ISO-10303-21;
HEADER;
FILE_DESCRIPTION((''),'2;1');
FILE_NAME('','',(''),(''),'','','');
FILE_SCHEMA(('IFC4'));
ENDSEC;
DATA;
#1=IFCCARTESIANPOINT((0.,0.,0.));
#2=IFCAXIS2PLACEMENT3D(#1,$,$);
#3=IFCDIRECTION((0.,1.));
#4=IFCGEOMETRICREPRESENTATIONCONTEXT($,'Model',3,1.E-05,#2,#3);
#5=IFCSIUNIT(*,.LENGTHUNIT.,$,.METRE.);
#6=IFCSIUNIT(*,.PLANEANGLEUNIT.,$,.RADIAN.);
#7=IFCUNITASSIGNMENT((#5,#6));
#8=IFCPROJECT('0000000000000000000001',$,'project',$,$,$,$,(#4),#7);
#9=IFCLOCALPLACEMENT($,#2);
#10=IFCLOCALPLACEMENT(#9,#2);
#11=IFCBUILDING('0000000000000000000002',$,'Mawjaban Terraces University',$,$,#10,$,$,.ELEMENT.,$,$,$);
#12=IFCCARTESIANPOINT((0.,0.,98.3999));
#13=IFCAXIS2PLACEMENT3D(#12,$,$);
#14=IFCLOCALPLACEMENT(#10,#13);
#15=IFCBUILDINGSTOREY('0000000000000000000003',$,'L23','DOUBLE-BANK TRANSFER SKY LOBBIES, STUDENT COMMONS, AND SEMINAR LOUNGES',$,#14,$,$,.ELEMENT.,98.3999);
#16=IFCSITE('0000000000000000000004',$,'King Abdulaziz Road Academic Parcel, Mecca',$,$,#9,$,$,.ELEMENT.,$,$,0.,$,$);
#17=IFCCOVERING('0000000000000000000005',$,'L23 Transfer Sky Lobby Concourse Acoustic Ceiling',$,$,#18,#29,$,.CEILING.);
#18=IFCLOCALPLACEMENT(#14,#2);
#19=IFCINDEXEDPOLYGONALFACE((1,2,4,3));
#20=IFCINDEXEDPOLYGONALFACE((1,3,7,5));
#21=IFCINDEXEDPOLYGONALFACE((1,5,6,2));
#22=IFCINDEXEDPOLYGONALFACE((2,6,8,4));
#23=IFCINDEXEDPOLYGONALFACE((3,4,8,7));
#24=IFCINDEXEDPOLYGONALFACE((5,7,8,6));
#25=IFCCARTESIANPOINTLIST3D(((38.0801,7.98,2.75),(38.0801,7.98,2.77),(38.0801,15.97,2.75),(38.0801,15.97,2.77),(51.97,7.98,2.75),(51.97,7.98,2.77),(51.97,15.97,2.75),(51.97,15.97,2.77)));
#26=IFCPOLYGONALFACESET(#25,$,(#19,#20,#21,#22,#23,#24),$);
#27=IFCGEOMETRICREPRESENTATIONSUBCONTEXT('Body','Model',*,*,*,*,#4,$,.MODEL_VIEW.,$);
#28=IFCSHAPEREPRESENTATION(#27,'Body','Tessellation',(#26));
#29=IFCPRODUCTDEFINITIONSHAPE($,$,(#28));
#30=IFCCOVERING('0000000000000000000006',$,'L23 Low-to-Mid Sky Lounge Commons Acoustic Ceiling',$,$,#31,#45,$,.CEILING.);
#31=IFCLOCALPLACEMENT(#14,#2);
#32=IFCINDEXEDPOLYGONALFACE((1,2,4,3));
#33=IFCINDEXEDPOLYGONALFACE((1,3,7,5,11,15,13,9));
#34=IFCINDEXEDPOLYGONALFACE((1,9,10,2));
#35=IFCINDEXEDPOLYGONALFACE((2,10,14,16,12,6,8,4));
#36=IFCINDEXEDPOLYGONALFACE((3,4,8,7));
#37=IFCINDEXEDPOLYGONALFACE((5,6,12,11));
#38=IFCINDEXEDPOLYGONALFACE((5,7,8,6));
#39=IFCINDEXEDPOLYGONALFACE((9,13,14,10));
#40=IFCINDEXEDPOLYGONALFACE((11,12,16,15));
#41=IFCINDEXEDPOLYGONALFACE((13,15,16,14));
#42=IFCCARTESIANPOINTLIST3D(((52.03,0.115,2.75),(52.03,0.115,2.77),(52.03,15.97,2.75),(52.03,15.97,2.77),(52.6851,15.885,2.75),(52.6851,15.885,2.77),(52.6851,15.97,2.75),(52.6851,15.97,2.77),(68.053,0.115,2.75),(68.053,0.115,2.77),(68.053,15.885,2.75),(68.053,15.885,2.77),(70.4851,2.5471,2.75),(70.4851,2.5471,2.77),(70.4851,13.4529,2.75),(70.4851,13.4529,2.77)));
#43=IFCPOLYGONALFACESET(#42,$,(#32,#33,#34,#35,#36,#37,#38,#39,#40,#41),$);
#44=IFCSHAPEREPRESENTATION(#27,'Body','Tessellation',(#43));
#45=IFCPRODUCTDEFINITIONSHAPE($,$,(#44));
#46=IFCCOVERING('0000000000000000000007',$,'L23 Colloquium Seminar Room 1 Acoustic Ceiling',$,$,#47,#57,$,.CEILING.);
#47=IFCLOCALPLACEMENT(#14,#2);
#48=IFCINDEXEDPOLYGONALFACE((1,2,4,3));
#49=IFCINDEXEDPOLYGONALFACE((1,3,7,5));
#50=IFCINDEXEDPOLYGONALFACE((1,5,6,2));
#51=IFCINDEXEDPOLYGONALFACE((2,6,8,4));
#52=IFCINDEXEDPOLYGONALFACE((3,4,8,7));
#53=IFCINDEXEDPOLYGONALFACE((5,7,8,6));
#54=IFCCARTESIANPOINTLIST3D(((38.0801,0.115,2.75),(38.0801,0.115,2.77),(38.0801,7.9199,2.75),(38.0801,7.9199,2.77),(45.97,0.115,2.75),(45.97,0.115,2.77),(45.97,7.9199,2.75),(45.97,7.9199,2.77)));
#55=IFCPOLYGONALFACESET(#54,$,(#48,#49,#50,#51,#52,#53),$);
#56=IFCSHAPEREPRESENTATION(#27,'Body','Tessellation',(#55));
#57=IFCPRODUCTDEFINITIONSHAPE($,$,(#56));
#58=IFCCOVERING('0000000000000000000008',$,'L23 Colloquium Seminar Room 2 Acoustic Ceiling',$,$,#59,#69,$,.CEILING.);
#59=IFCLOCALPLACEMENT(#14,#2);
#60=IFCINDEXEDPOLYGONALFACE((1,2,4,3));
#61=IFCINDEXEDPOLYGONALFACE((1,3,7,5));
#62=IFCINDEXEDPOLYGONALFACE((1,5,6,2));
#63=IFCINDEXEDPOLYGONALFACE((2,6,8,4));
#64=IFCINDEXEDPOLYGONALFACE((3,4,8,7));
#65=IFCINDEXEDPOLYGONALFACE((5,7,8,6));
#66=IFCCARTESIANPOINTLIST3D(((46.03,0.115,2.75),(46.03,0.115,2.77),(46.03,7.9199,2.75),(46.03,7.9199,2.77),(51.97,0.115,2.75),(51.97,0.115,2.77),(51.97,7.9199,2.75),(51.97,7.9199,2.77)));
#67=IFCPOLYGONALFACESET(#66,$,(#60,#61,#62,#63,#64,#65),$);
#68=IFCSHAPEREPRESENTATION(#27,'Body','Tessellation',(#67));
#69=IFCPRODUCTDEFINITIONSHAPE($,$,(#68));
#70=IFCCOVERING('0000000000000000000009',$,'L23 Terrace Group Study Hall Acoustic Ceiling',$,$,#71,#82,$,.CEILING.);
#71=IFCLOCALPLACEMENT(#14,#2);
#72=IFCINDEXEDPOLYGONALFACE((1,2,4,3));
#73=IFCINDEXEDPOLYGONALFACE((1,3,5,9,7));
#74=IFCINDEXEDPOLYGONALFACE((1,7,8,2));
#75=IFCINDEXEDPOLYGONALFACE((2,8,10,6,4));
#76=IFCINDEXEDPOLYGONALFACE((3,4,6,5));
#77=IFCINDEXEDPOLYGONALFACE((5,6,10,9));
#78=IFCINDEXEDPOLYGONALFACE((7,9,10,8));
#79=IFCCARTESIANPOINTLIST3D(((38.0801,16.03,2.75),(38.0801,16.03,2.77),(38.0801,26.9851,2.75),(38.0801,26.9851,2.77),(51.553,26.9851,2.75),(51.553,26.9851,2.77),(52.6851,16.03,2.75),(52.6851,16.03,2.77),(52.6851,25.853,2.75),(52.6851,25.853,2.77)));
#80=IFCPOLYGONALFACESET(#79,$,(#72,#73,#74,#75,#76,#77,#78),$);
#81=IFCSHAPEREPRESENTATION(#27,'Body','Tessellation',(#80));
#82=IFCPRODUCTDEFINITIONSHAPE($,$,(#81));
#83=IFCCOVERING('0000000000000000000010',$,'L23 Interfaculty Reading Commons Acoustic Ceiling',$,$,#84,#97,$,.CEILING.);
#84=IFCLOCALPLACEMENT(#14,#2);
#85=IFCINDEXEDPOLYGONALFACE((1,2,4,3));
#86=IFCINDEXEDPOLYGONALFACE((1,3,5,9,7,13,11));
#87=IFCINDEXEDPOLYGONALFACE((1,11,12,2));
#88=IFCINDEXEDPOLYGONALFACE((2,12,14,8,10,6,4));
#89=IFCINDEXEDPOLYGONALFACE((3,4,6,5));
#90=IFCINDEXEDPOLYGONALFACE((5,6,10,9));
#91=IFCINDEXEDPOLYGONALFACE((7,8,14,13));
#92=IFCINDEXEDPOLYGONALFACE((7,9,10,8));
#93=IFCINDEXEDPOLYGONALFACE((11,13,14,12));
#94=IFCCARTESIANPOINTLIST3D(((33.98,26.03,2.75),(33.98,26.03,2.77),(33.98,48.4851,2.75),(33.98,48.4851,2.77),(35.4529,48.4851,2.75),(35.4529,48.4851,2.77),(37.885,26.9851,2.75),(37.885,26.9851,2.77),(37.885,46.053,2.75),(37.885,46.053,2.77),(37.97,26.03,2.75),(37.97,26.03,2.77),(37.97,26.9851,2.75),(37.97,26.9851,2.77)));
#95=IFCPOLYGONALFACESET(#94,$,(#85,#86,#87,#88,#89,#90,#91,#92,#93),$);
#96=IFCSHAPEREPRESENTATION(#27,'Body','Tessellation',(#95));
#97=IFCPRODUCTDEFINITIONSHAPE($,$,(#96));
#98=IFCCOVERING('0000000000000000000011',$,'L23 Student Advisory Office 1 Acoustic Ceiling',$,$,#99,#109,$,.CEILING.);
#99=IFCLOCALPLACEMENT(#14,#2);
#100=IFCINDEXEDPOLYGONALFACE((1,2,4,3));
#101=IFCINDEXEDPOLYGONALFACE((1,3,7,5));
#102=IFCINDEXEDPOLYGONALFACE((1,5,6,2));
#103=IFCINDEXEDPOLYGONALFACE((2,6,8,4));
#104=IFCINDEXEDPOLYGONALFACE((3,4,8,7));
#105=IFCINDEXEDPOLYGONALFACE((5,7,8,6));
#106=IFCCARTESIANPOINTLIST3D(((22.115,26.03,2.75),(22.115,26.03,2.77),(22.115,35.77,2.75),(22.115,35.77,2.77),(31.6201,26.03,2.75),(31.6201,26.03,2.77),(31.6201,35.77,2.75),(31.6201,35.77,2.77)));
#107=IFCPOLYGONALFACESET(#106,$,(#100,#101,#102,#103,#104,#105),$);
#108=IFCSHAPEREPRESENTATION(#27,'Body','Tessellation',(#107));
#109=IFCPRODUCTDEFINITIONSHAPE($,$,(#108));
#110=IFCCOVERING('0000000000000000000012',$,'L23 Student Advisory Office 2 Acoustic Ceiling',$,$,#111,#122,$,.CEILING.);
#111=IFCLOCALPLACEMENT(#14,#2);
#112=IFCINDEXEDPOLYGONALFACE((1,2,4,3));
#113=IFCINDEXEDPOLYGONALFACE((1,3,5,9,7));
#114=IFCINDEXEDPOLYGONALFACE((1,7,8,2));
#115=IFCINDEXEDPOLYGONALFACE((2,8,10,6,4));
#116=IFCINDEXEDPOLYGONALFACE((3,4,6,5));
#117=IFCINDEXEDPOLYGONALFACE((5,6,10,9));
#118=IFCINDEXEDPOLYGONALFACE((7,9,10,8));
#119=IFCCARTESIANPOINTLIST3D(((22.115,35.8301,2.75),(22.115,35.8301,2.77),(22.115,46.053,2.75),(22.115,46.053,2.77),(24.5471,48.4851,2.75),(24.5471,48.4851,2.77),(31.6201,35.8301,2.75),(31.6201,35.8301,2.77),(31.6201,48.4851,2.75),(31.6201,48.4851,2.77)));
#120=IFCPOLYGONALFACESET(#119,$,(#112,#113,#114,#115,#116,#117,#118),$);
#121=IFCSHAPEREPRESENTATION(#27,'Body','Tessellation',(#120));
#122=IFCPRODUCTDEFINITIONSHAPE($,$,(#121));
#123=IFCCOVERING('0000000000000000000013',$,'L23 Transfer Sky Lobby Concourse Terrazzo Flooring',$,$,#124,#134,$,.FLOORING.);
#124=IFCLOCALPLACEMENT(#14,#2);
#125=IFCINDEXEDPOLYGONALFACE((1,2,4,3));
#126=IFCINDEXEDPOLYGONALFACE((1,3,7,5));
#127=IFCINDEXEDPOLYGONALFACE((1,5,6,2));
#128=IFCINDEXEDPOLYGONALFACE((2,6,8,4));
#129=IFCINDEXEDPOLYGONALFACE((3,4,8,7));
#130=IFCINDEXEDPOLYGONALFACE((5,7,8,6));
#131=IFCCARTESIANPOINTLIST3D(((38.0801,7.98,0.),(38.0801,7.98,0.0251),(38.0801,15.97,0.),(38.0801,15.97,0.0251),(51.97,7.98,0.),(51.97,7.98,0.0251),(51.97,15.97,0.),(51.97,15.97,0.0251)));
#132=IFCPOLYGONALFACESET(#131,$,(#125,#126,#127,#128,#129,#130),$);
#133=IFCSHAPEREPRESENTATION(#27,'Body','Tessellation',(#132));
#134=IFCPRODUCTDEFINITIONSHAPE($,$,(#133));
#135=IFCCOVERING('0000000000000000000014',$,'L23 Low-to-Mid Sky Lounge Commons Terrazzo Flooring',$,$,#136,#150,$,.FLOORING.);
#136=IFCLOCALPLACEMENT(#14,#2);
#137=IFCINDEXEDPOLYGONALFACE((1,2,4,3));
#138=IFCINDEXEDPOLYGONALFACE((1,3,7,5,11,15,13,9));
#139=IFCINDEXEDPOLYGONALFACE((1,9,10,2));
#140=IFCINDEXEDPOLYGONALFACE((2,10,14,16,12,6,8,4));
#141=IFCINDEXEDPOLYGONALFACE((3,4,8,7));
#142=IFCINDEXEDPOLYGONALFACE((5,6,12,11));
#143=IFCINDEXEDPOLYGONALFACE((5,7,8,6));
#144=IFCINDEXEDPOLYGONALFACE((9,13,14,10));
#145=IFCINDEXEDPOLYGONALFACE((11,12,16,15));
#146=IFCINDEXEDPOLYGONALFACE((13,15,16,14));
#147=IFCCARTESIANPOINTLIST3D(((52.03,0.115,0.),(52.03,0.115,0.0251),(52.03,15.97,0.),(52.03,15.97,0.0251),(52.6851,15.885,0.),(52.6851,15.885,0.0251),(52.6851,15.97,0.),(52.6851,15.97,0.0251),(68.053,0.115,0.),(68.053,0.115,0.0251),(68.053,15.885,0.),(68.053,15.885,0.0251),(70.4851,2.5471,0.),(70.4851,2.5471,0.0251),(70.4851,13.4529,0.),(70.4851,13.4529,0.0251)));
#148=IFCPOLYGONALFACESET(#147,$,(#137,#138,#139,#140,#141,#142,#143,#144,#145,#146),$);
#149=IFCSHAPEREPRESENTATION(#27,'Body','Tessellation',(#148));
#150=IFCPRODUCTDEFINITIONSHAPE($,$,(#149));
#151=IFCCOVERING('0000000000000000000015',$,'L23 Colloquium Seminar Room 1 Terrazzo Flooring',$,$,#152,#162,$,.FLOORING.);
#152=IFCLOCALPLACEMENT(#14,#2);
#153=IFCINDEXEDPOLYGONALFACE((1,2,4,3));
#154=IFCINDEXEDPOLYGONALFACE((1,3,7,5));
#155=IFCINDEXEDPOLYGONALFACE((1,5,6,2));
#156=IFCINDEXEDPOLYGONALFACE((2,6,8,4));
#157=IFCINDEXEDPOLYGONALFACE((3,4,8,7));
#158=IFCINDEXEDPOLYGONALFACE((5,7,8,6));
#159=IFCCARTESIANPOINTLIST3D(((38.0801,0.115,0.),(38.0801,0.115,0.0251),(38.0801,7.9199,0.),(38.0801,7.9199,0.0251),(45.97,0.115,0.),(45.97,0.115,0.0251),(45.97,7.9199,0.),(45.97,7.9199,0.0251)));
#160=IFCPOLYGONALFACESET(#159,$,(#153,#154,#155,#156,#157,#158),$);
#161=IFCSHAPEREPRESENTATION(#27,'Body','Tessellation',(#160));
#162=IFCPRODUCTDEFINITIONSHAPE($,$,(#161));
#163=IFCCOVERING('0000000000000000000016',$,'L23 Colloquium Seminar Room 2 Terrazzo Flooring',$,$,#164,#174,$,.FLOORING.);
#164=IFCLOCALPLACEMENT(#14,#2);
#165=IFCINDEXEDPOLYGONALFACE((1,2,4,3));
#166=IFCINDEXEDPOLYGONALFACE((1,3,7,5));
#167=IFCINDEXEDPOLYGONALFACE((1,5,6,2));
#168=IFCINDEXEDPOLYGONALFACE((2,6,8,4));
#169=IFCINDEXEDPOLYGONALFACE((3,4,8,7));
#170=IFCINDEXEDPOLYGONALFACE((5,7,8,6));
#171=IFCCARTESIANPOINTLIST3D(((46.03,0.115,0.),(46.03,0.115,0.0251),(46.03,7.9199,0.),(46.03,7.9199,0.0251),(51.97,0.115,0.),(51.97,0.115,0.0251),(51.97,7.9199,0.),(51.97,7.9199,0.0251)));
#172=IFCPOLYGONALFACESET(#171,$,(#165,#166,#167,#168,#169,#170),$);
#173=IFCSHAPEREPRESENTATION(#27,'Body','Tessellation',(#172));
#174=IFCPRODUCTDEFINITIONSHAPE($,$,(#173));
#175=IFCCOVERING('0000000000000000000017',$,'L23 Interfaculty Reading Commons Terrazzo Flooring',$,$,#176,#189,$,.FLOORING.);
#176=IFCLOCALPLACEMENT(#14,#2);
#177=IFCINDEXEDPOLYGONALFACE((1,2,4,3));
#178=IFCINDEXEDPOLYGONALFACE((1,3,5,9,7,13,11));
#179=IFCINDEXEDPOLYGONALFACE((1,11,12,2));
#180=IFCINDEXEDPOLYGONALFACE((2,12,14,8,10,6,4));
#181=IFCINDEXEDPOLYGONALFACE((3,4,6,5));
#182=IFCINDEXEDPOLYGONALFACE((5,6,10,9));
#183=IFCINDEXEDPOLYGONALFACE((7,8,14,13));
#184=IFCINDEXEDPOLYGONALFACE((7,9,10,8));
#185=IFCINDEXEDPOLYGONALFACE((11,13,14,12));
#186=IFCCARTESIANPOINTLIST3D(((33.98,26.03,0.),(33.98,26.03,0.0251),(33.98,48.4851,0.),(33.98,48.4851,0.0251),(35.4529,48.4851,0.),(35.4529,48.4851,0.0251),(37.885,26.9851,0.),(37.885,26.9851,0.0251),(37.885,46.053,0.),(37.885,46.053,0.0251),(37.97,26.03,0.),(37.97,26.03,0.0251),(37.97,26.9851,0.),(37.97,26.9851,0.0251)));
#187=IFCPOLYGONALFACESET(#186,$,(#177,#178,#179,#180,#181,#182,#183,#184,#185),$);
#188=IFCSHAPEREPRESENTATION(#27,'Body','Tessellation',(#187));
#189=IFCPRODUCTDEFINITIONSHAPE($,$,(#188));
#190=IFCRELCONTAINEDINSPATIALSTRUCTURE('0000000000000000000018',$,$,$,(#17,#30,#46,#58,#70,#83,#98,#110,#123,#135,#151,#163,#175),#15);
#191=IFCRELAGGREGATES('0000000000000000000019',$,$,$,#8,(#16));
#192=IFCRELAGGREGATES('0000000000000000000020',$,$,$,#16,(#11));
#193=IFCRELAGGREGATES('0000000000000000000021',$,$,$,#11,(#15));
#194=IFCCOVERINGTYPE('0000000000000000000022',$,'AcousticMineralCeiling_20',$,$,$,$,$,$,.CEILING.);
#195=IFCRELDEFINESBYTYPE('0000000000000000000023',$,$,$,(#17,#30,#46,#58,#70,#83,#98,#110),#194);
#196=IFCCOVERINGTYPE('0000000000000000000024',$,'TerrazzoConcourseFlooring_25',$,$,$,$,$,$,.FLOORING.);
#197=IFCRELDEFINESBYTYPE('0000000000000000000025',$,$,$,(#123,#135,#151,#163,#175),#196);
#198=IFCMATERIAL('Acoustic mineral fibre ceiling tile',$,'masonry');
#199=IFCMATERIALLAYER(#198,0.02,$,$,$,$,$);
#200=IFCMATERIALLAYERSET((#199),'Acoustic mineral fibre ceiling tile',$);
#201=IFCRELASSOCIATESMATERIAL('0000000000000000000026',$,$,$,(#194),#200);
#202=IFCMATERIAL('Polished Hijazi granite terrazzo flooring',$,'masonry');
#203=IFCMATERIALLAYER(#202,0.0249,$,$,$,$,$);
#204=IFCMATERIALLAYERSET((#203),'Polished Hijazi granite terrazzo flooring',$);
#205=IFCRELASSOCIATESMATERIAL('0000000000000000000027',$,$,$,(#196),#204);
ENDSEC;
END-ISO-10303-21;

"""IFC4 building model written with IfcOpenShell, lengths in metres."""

from ifc_helpers import new_model, si_unit, direction, frame, origin, place, context, subcontext, project, spatial, polyline, outline, extrude, material, layer, layer_set, type_object, element, save


model = new_model("IFC4")

# Units and contexts
model_context = context("Model", 3, precision=1e-05, world=origin(), true_north=direction((0.0, 1.0)))
body_context = subcontext(model_context, "Body", "Model", "MODEL_VIEW")
ifc_project = project(units=[si_unit("LENGTHUNIT", "METRE"), si_unit("PLANEANGLEUNIT", "RADIAN")], contexts=[model_context])

# Site, building, storey
site_placement = place(None, origin())
site = spatial("IfcSite", under=ifc_project, at=site_placement, Name="King Abdulaziz Road Academic Parcel, Mecca", CompositionType="ELEMENT", RefElevation=0.0)
building_placement = place(site_placement, origin())
building = spatial("IfcBuilding", under=site, at=building_placement, Name="Mawjaban Terraces University", CompositionType="ELEMENT")
storey_placement = place(building_placement, frame((0.0, 0.0, 98.3999)))
storey = spatial("IfcBuildingStorey", under=building, at=storey_placement, Name="L23", Description="DOUBLE-BANK TRANSFER SKY LOBBIES, STUDENT COMMONS, AND SEMINAR LOUNGES", CompositionType="ELEMENT", Elevation=98.3999)

# Coverings
ifc_material_1 = material(Name="Acoustic mineral fibre ceiling tile", Category="masonry")
ifc_layer_1 = layer(ifc_material_1, 0.02)
ifc_layer_set_1 = layer_set([ifc_layer_1], Name="Acoustic mineral fibre ceiling tile")
covering_type_1 = type_object("IfcCoveringType", Name="AcousticMineralCeiling_20", PredefinedType="CEILING", material=ifc_layer_set_1)
covering_1_placement = place(storey_placement, frame((0.0, 0.0, 2.75)))
element("IfcCovering", 1, at=covering_1_placement, inside=storey, type_object=covering_type_1, Name="L23 Transfer Sky Lobby Concourse Acoustic Ceiling", PredefinedType="CEILING", context=body_context, shape_type="SweptSolid", body=[
    extrude(outline(polyline([(51.97, 15.97), (38.0801, 15.97), (38.0801, 7.98), (51.97, 7.98), (51.97, 15.97)])), origin(), (0.0, 0.0, 1.0), 0.02),
])
covering_2_placement = place(storey_placement, frame((0.0, 0.0, 2.75)))
element("IfcCovering", 2, at=covering_2_placement, inside=storey, type_object=covering_type_1, Name="L23 Low-to-Mid Sky Lounge Commons Acoustic Ceiling", PredefinedType="CEILING", context=body_context, shape_type="SweptSolid", body=[
    extrude(outline(polyline([(52.03, 0.115), (68.053, 0.115), (70.4851, 2.5471), (70.4851, 13.4529), (68.053, 15.885), (52.6851, 15.885), (52.6851, 15.97), (52.03, 15.97), (52.03, 0.115)])), origin(), (0.0, 0.0, 1.0), 0.02),
])
covering_3_placement = place(storey_placement, frame((0.0, 0.0, 2.75)))
element("IfcCovering", 3, at=covering_3_placement, inside=storey, type_object=covering_type_1, Name="L23 Colloquium Seminar Room 1 Acoustic Ceiling", PredefinedType="CEILING", context=body_context, shape_type="SweptSolid", body=[
    extrude(outline(polyline([(38.0801, 0.115), (45.97, 0.115), (45.97, 7.9199), (38.0801, 7.9199), (38.0801, 0.115)])), origin(), (0.0, 0.0, 1.0), 0.02),
])
covering_4_placement = place(storey_placement, frame((0.0, 0.0, 2.75)))
element("IfcCovering", 4, at=covering_4_placement, inside=storey, type_object=covering_type_1, Name="L23 Colloquium Seminar Room 2 Acoustic Ceiling", PredefinedType="CEILING", context=body_context, shape_type="SweptSolid", body=[
    extrude(outline(polyline([(46.03, 0.115), (51.97, 0.115), (51.97, 7.9199), (46.03, 7.9199), (46.03, 0.115)])), origin(), (0.0, 0.0, 1.0), 0.02),
])
covering_5_placement = place(storey_placement, frame((0.0, 0.0, 2.75)))
element("IfcCovering", 5, at=covering_5_placement, inside=storey, type_object=covering_type_1, Name="L23 Terrace Group Study Hall Acoustic Ceiling", PredefinedType="CEILING", context=body_context, shape_type="SweptSolid", body=[
    extrude(outline(polyline([(52.6851, 16.03), (52.6851, 25.853), (51.553, 26.9851), (38.0801, 26.9851), (38.0801, 16.03), (52.6851, 16.03)])), origin(), (0.0, 0.0, 1.0), 0.02),
])
covering_6_placement = place(storey_placement, frame((0.0, 0.0, 2.75)))
element("IfcCovering", 6, at=covering_6_placement, inside=storey, type_object=covering_type_1, Name="L23 Interfaculty Reading Commons Acoustic Ceiling", PredefinedType="CEILING", context=body_context, shape_type="SweptSolid", body=[
    extrude(outline(polyline([(37.885, 26.9851), (37.885, 46.053), (35.4529, 48.4851), (33.98, 48.4851), (33.98, 26.03), (37.97, 26.03), (37.97, 26.9851), (37.885, 26.9851)])), origin(), (0.0, 0.0, 1.0), 0.02),
])
covering_7_placement = place(storey_placement, frame((0.0, 0.0, 2.75)))
element("IfcCovering", 7, at=covering_7_placement, inside=storey, type_object=covering_type_1, Name="L23 Student Advisory Office 1 Acoustic Ceiling", PredefinedType="CEILING", context=body_context, shape_type="SweptSolid", body=[
    extrude(outline(polyline([(22.115, 35.77), (22.115, 26.03), (31.6201, 26.03), (31.6201, 35.77), (22.115, 35.77)])), origin(), (0.0, 0.0, 1.0), 0.02),
])
covering_8_placement = place(storey_placement, frame((0.0, 0.0, 2.75)))
element("IfcCovering", 8, at=covering_8_placement, inside=storey, type_object=covering_type_1, Name="L23 Student Advisory Office 2 Acoustic Ceiling", PredefinedType="CEILING", context=body_context, shape_type="SweptSolid", body=[
    extrude(outline(polyline([(31.6201, 48.4851), (24.5471, 48.4851), (22.115, 46.053), (22.115, 35.8301), (31.6201, 35.8301), (31.6201, 48.4851)])), origin(), (0.0, 0.0, 1.0), 0.02),
])
ifc_material_2 = material(Name="Polished Hijazi granite terrazzo flooring", Category="masonry")
ifc_layer_2 = layer(ifc_material_2, 0.0249)
ifc_layer_set_2 = layer_set([ifc_layer_2], Name="Polished Hijazi granite terrazzo flooring")
covering_type_2 = type_object("IfcCoveringType", Name="TerrazzoConcourseFlooring_25", PredefinedType="FLOORING", material=ifc_layer_set_2)
covering_9_placement = place(storey_placement, origin())
element("IfcCovering", 9, at=covering_9_placement, inside=storey, type_object=covering_type_2, Name="L23 Transfer Sky Lobby Concourse Terrazzo Flooring", PredefinedType="FLOORING", context=body_context, shape_type="SweptSolid", body=[
    extrude(outline(polyline([(51.97, 15.97), (38.0801, 15.97), (38.0801, 7.98), (51.97, 7.98), (51.97, 15.97)])), origin(), (0.0, 0.0, 1.0), 0.0251),
])
covering_10_placement = place(storey_placement, origin())
element("IfcCovering", 10, at=covering_10_placement, inside=storey, type_object=covering_type_2, Name="L23 Low-to-Mid Sky Lounge Commons Terrazzo Flooring", PredefinedType="FLOORING", context=body_context, shape_type="SweptSolid", body=[
    extrude(outline(polyline([(52.03, 0.115), (68.053, 0.115), (70.4851, 2.5471), (70.4851, 13.4529), (68.053, 15.885), (52.6851, 15.885), (52.6851, 15.97), (52.03, 15.97), (52.03, 0.115)])), origin(), (0.0, 0.0, 1.0), 0.0251),
])
covering_11_placement = place(storey_placement, origin())
element("IfcCovering", 11, at=covering_11_placement, inside=storey, type_object=covering_type_2, Name="L23 Colloquium Seminar Room 1 Terrazzo Flooring", PredefinedType="FLOORING", context=body_context, shape_type="SweptSolid", body=[
    extrude(outline(polyline([(38.0801, 0.115), (45.97, 0.115), (45.97, 7.9199), (38.0801, 7.9199), (38.0801, 0.115)])), origin(), (0.0, 0.0, 1.0), 0.0251),
])
covering_12_placement = place(storey_placement, origin())
element("IfcCovering", 12, at=covering_12_placement, inside=storey, type_object=covering_type_2, Name="L23 Colloquium Seminar Room 2 Terrazzo Flooring", PredefinedType="FLOORING", context=body_context, shape_type="SweptSolid", body=[
    extrude(outline(polyline([(46.03, 0.115), (51.97, 0.115), (51.97, 7.9199), (46.03, 7.9199), (46.03, 0.115)])), origin(), (0.0, 0.0, 1.0), 0.0251),
])
covering_13_placement = place(storey_placement, origin())
element("IfcCovering", 13, at=covering_13_placement, inside=storey, type_object=covering_type_2, Name="L23 Interfaculty Reading Commons Terrazzo Flooring", PredefinedType="FLOORING", context=body_context, shape_type="SweptSolid", body=[
    extrude(outline(polyline([(37.885, 26.9851), (37.885, 46.053), (35.4529, 48.4851), (33.98, 48.4851), (33.98, 26.03), (37.97, 26.03), (37.97, 26.9851), (37.885, 26.9851)])), origin(), (0.0, 0.0, 1.0), 0.0251),
])

save(model, "model.ifc")
